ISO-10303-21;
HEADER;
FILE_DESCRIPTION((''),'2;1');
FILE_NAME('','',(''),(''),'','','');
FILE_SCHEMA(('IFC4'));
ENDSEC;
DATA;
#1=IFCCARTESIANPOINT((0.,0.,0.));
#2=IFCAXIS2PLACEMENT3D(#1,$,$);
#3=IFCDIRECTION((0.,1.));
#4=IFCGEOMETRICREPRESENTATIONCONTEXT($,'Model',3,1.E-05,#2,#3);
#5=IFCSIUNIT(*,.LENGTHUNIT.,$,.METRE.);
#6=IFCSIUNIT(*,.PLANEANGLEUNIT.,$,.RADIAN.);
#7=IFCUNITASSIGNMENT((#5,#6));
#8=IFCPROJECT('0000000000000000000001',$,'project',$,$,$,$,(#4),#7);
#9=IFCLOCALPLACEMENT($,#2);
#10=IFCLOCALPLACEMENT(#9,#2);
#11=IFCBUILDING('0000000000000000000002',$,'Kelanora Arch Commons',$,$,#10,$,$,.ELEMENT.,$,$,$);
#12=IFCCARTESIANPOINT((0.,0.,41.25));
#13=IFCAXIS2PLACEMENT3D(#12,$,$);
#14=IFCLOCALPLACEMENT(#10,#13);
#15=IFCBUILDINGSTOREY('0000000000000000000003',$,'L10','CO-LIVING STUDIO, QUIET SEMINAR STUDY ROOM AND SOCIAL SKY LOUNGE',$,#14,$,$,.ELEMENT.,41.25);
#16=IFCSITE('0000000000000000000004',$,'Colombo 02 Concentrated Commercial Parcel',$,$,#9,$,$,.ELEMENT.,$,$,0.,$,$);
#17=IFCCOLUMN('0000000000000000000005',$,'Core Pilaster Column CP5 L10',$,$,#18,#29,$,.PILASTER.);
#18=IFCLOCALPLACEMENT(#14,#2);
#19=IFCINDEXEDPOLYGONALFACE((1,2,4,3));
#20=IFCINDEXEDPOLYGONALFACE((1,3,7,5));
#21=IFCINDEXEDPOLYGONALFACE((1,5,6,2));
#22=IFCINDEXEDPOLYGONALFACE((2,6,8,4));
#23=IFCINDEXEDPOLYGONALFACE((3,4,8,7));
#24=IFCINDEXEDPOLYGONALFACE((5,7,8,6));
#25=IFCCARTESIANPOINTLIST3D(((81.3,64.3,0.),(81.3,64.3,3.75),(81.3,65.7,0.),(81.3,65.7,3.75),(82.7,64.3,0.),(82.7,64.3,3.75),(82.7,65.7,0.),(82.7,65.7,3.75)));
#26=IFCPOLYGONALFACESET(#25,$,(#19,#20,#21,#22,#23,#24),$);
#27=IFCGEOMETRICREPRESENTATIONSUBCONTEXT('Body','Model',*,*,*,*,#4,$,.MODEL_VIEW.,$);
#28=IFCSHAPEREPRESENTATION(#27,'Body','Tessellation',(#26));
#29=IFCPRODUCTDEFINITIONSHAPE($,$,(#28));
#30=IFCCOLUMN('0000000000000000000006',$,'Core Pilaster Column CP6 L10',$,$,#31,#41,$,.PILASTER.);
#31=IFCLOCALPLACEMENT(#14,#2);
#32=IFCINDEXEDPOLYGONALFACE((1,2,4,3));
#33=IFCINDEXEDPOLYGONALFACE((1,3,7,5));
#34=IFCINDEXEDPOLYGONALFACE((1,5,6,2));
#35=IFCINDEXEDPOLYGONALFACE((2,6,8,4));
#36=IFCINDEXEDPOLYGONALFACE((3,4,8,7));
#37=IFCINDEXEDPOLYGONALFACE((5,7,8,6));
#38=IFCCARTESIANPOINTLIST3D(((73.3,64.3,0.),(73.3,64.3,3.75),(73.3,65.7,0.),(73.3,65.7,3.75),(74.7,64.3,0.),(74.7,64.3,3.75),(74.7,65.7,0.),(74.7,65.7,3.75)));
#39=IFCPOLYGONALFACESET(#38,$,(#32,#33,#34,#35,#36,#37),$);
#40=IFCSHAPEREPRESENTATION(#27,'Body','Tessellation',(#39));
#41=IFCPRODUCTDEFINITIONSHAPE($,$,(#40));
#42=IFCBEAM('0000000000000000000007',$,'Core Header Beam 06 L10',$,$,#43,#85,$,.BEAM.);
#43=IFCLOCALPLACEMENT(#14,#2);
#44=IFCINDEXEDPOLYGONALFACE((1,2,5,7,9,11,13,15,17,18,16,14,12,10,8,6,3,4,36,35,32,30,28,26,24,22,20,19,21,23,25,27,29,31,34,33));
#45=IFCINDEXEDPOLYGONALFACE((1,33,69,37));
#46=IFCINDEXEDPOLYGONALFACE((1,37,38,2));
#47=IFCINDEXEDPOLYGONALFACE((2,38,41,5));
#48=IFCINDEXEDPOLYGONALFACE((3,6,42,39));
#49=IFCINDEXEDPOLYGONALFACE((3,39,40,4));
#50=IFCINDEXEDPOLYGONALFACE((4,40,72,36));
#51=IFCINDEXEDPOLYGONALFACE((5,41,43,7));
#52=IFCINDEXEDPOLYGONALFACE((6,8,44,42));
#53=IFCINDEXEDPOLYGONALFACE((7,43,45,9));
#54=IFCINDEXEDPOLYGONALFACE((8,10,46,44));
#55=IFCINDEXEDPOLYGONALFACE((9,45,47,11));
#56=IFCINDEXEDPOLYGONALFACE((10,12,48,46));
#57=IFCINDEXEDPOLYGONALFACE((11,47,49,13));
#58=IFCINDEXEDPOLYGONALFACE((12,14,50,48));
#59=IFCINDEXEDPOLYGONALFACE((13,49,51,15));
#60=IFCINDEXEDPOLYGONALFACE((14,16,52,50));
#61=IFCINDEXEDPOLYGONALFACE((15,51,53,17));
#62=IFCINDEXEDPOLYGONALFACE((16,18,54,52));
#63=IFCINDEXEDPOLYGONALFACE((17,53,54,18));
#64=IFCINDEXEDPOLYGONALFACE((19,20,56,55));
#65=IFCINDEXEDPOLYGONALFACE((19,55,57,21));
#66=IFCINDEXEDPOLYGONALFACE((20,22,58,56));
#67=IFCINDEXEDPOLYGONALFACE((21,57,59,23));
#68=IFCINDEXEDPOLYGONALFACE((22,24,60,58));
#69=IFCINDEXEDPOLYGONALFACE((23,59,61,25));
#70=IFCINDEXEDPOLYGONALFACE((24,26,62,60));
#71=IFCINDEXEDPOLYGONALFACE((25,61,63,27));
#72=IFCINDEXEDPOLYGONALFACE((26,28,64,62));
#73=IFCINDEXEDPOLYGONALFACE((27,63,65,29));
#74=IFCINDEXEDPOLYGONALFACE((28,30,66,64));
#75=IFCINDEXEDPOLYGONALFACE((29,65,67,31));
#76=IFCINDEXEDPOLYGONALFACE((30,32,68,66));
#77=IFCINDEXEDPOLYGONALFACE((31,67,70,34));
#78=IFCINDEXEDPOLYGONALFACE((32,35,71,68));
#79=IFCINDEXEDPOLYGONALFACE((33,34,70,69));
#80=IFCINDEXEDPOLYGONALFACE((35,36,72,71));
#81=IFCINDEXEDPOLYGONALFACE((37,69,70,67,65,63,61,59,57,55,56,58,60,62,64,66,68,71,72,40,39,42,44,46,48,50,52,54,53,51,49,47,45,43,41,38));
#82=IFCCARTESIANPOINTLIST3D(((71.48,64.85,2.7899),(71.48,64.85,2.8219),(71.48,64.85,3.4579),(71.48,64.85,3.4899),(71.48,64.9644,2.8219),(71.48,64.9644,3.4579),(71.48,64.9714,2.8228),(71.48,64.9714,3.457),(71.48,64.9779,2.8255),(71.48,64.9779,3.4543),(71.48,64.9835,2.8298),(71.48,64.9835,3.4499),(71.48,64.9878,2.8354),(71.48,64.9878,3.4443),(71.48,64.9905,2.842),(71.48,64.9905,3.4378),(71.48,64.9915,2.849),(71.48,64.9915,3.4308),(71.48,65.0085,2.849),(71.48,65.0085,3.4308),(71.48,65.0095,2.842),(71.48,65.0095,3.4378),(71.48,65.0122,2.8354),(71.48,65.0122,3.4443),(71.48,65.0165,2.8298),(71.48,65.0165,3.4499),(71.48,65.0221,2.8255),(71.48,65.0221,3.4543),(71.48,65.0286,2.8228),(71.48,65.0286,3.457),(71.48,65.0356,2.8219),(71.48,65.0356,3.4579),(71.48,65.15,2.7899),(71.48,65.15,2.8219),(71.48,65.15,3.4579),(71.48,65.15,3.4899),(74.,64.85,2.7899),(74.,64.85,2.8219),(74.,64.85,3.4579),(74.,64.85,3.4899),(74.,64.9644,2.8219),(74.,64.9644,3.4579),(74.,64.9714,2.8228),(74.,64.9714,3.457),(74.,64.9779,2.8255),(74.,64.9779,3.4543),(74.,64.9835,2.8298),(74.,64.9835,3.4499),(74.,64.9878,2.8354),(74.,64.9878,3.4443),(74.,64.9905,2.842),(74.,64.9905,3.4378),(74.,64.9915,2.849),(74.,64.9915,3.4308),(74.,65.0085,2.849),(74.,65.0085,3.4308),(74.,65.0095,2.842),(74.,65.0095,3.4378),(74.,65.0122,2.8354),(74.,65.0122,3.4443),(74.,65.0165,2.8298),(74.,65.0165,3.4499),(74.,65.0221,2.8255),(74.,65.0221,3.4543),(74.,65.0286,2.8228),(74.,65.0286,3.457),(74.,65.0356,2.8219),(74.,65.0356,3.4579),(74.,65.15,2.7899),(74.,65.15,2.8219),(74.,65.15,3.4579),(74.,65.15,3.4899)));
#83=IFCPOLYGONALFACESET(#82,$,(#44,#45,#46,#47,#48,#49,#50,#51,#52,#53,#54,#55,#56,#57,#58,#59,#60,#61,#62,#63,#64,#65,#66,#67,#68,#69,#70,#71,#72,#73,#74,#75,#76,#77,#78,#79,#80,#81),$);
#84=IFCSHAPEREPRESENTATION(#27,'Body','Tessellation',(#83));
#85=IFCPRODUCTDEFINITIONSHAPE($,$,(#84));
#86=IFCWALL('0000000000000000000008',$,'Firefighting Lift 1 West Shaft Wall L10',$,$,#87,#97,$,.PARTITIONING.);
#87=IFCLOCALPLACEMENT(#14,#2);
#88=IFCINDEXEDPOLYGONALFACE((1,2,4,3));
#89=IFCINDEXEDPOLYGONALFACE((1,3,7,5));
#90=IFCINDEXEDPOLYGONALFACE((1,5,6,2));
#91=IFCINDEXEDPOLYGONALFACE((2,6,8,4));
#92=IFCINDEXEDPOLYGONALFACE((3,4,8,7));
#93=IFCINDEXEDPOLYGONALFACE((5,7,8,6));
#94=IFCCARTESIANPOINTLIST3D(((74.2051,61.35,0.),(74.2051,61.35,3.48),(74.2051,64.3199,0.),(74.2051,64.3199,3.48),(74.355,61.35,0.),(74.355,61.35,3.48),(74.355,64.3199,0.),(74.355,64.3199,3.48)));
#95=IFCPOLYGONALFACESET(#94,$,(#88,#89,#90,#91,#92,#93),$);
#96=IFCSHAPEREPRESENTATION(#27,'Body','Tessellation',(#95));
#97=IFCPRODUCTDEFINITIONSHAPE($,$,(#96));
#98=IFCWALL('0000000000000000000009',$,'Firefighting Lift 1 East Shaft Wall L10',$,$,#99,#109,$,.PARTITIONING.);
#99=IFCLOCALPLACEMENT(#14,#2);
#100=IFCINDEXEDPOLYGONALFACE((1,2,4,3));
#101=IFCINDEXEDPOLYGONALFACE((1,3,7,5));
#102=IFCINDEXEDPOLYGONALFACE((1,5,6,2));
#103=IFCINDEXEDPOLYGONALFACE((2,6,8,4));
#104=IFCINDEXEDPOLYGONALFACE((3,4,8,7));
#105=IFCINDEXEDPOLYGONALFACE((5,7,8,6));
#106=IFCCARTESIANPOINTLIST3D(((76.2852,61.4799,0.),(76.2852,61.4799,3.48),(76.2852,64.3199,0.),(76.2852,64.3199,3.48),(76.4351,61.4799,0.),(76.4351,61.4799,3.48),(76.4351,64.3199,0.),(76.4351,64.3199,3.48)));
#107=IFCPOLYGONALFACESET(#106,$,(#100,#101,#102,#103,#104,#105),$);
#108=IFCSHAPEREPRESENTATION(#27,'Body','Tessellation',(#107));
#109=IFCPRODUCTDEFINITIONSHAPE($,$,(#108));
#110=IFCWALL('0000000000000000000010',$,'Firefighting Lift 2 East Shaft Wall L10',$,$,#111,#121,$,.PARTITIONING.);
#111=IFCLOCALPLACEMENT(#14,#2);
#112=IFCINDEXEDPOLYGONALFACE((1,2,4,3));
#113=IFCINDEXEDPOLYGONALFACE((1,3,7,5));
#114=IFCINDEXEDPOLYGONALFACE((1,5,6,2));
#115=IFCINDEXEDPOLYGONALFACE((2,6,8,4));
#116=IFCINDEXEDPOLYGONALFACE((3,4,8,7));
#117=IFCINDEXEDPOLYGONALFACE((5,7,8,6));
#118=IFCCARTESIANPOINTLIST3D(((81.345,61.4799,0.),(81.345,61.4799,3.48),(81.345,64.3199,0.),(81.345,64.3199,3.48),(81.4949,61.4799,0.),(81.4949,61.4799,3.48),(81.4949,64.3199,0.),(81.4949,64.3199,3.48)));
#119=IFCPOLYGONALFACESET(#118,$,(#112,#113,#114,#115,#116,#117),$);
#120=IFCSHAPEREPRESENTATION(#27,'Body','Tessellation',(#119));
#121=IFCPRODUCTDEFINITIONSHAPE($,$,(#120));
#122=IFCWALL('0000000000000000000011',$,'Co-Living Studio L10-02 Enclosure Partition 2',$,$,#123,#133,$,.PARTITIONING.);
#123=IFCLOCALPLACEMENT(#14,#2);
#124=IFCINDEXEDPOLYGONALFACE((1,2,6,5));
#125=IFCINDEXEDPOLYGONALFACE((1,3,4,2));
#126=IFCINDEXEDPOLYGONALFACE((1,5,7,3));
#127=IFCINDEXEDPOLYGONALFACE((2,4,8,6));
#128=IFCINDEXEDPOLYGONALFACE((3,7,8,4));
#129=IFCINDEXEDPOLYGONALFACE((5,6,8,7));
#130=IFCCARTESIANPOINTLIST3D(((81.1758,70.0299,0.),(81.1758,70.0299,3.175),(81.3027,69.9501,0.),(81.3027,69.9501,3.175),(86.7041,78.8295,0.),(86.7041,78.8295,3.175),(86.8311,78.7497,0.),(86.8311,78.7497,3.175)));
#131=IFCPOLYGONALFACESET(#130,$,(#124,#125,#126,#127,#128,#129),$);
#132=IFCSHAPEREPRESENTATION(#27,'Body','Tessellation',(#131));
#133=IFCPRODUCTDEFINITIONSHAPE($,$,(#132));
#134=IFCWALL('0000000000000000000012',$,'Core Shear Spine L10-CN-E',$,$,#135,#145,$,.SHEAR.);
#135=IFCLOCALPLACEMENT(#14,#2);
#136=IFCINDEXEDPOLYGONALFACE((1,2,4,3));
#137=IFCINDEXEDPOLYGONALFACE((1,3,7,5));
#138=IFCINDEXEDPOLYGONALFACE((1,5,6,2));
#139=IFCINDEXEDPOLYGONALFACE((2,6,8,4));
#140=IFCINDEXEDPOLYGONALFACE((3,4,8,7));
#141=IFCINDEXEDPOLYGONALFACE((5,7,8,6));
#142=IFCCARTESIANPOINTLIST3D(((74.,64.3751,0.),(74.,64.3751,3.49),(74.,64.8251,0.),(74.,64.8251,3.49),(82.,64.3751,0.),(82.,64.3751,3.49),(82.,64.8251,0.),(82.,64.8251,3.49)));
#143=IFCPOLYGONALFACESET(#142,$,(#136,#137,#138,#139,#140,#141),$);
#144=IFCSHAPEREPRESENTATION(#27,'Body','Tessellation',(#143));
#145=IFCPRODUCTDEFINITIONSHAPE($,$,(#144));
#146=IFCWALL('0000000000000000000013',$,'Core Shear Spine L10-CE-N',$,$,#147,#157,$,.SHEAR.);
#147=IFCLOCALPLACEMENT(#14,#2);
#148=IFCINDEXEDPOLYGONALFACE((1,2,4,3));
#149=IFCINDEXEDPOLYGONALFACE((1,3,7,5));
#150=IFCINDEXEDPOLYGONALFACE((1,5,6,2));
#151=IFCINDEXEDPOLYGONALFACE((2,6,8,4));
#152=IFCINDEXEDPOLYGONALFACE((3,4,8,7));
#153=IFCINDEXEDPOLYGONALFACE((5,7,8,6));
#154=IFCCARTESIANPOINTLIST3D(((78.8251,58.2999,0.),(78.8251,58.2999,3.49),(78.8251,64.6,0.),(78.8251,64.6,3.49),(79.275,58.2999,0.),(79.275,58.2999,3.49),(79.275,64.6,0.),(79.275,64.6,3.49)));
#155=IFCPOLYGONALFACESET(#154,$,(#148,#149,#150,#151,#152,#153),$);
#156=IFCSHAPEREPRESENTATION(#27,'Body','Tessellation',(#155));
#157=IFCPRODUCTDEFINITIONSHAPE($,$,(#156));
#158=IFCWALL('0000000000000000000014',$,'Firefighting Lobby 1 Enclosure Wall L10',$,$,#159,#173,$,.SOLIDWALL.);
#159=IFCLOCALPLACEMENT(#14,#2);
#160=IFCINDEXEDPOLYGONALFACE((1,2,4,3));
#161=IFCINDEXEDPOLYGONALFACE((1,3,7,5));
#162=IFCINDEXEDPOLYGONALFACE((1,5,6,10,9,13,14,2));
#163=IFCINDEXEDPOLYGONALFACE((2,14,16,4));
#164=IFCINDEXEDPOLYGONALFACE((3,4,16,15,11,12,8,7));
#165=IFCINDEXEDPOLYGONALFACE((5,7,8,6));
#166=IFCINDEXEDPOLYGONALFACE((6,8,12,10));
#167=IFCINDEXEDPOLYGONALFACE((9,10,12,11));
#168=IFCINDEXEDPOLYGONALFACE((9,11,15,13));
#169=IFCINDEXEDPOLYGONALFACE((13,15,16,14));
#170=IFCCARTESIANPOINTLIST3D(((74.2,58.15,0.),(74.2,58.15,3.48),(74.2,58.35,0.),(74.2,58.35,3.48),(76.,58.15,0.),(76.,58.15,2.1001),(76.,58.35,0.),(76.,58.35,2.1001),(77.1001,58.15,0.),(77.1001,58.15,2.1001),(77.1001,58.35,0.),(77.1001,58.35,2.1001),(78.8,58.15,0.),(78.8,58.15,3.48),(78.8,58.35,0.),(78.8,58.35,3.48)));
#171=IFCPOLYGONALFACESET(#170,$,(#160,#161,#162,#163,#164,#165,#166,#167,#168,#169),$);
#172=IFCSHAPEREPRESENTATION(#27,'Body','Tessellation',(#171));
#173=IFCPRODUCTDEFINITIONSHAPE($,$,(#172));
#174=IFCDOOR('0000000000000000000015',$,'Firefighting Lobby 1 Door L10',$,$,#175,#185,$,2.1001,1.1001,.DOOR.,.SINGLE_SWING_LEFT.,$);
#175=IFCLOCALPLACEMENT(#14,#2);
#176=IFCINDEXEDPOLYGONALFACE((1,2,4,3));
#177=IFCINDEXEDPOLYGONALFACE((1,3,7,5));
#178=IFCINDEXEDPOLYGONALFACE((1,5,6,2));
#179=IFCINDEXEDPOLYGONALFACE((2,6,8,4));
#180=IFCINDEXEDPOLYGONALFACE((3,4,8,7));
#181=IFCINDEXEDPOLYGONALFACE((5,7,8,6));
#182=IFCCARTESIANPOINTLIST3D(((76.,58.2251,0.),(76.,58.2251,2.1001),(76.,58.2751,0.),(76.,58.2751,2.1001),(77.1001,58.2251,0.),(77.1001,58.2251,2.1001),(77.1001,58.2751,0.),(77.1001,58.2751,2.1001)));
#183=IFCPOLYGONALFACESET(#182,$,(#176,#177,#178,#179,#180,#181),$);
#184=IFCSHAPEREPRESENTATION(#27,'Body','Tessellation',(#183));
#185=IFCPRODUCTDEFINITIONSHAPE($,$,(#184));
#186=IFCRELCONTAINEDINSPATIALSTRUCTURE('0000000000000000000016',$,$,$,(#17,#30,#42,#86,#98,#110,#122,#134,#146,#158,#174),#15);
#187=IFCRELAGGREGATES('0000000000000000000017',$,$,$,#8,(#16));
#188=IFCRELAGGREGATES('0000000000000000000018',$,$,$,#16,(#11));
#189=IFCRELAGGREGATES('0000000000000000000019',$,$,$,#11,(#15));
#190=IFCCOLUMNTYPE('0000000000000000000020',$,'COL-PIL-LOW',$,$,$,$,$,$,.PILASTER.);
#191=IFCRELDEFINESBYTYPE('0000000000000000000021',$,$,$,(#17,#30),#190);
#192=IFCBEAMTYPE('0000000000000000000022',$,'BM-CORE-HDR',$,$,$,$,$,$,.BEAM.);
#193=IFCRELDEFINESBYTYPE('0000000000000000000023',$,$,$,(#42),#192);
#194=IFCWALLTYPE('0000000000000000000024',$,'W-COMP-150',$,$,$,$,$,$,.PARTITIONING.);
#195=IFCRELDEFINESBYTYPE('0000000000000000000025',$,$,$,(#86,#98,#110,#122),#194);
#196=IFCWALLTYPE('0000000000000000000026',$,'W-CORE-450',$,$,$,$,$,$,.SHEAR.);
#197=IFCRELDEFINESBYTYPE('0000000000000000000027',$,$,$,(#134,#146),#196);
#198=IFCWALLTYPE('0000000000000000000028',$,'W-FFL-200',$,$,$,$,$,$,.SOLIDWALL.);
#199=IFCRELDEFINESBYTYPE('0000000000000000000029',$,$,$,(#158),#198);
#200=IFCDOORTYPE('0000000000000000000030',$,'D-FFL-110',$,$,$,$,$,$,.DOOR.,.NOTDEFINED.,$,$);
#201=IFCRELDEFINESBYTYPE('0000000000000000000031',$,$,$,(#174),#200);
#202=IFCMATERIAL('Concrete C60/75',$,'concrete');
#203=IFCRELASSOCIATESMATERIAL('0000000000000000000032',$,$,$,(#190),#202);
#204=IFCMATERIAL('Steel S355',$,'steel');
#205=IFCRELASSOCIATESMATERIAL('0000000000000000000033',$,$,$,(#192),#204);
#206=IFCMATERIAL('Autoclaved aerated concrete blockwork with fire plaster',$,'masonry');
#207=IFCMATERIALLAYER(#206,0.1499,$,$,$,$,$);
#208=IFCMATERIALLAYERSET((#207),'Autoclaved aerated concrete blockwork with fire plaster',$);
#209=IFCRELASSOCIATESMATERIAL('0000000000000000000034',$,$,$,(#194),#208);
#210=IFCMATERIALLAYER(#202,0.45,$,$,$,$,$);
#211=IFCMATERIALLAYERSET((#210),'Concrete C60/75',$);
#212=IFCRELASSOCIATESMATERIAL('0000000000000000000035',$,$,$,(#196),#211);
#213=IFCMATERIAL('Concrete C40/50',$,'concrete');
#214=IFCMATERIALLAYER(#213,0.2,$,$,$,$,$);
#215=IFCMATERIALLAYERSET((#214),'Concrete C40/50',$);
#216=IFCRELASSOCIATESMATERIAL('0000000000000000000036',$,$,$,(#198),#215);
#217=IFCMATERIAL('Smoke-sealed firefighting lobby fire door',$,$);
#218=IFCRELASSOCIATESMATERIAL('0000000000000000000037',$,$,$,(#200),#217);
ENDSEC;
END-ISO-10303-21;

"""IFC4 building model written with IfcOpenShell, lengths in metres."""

from ifc_helpers import new_model, si_unit, direction, frame, frame_2d, origin, origin_2d, place, context, subcontext, project, spatial, rectangle, i_section, extrude, material, layer, layer_set, material_profile, profile_set, type_object, element, fill, save


model = new_model("IFC4")

# Units and contexts
model_context = context("Model", 3, precision=1e-05, world=origin(), true_north=direction((0.0, 1.0)))
body_context = subcontext(model_context, "Body", "Model", "MODEL_VIEW")
ifc_project = project(units=[si_unit("LENGTHUNIT", "METRE"), si_unit("PLANEANGLEUNIT", "RADIAN")], contexts=[model_context])

# Site, building, storey
site_placement = place(None, origin())
site = spatial("IfcSite", under=ifc_project, at=site_placement, Name="Colombo 02 Concentrated Commercial Parcel", CompositionType="ELEMENT", RefElevation=0.0)
building_placement = place(site_placement, origin())
building = spatial("IfcBuilding", under=site, at=building_placement, Name="Kelanora Arch Commons", CompositionType="ELEMENT")
storey_placement = place(building_placement, frame((0.0, 0.0, 41.25)))
storey = spatial("IfcBuildingStorey", under=building, at=storey_placement, Name="L10", Description="CO-LIVING STUDIO, QUIET SEMINAR STUDY ROOM AND SOCIAL SKY LOUNGE", CompositionType="ELEMENT", Elevation=41.25)

# Columns
ifc_material_1 = material(Name="Concrete C60/75", Category="concrete")
ifc_material_profile_1 = material_profile(ifc_material_1, rectangle(XDim=1.3999, YDim=1.3999, at=origin_2d()), Name="RC1400x1400")
ifc_profile_set_1 = profile_set([ifc_material_profile_1], Name="Concrete C60/75")
column_type = type_object("IfcColumnType", Name="COL-PIL-LOW", PredefinedType="PILASTER", material=ifc_profile_set_1)
for number, where, z_axis, x_axis, name in (
    (1, (82.0, 65.0, 0.0), (0.0, 0.0, 1.0), (1.0, 0.0, 0.0), "Core Pilaster Column CP5 L10"),
    (2, (74.0, 65.0, 0.0), (0.0, 0.0, 1.0), (1.0, 0.0, 0.0), "Core Pilaster Column CP6 L10"),
):
    element("IfcColumn", number, at=place(storey_placement, frame(where, z_axis=z_axis, x_axis=x_axis)), inside=storey, type_object=column_type, Name=name, PredefinedType="PILASTER", context=body_context, shape_type="SweptSolid", body=[
        extrude(rectangle(XDim=1.3999, YDim=1.3999, at=origin_2d()), origin(), (0.0, 0.0, 1.0), 3.75),
    ])

# Beam
ifc_material_2 = material(Name="Steel S355", Category="steel")
ifc_material_profile_2 = material_profile(ifc_material_2, i_section(OverallWidth=0.3, OverallDepth=0.7, WebThickness=0.0171, FlangeThickness=0.032, FilletRadius=0.0271, at=origin_2d()), Name="HEB700")
ifc_profile_set_2 = profile_set([ifc_material_profile_2], Name="Steel S355")
beam_type = type_object("IfcBeamType", Name="BM-CORE-HDR", PredefinedType="BEAM", material=ifc_profile_set_2)
beam_placement = place(storey_placement, frame((74.0, 65.0, 3.1399), z_axis=(-1.0, 0.0, 0.0), x_axis=(0.0, -1.0, 0.0)))
element("IfcBeam", 3, at=beam_placement, inside=storey, type_object=beam_type, Name="Core Header Beam 06 L10", PredefinedType="BEAM", context=body_context, shape_type="SweptSolid", body=[
    extrude(i_section(OverallWidth=0.3, OverallDepth=0.7, WebThickness=0.0171, FlangeThickness=0.032, FilletRadius=0.0271, at=origin_2d()), origin(), (0.0, 0.0, 1.0), 2.52),
])

# Walls
ifc_material_3 = material(Name="Autoclaved aerated concrete blockwork with fire plaster", Category="masonry")
ifc_layer_1 = layer(ifc_material_3, 0.1499)
ifc_layer_set_1 = layer_set([ifc_layer_1], Name="Autoclaved aerated concrete blockwork with fire plaster")
wall_type_1 = type_object("IfcWallType", Name="W-COMP-150", PredefinedType="PARTITIONING", material=ifc_layer_set_1)
wall_1_placement = place(storey_placement, frame((74.28, 61.3501, 0.0), z_axis=(0.0, 0.0, 1.0), x_axis=(0.0, 1.0, 0.0)))
element("IfcWall", 4, at=wall_1_placement, inside=storey, type_object=wall_type_1, Name="Firefighting Lift 1 West Shaft Wall L10", PredefinedType="PARTITIONING", context=body_context, shape_type="SweptSolid", body=[
    extrude(rectangle(XDim=2.97, YDim=0.1499, at=frame_2d((1.4849, 0.0))), origin(), (0.0, 0.0, 1.0), 3.48),
])
for number, where, z_axis, x_axis, name in (
    (5, (76.3601, 61.48, 0.0), (0.0, 0.0, 1.0), (0.0, 1.0, 0.0), "Firefighting Lift 1 East Shaft Wall L10"),
    (6, (81.4199, 61.48, 0.0), (0.0, 0.0, 1.0), (0.0, 1.0, 0.0), "Firefighting Lift 2 East Shaft Wall L10"),
):
    element("IfcWall", number, at=place(storey_placement, frame(where, z_axis=z_axis, x_axis=x_axis)), inside=storey, type_object=wall_type_1, Name=name, PredefinedType="PARTITIONING", context=body_context, shape_type="SweptSolid", body=[
        extrude(rectangle(XDim=2.8401, YDim=0.1499, at=frame_2d((1.4199, 0.0))), origin(), (0.0, 0.0, 1.0), 3.48),
    ])
wall_2_placement = place(storey_placement, frame((81.2393, 69.99, 0.0), z_axis=(0.0, 0.0, 1.0), x_axis=(0.531976, 0.846759, 0.0)))
element("IfcWall", 7, at=wall_2_placement, inside=storey, type_object=wall_type_1, Name="Co-Living Studio L10-02 Enclosure Partition 2", PredefinedType="PARTITIONING", context=body_context, shape_type="SweptSolid", body=[
    extrude(rectangle(XDim=10.3921, YDim=0.1499, at=frame_2d((5.196, 0.0))), origin(), (0.0, 0.0, 1.0), 3.175),
])
ifc_layer_2 = layer(ifc_material_1, 0.45)
ifc_layer_set_2 = layer_set([ifc_layer_2], Name="Concrete C60/75")
wall_type_2 = type_object("IfcWallType", Name="W-CORE-450", PredefinedType="SHEAR", material=ifc_layer_set_2)
wall_3_placement = place(storey_placement, frame((74.0, 64.6001, 0.0), z_axis=(0.0, 0.0, 1.0), x_axis=(1.0, 0.0, 0.0)))
element("IfcWall", 8, at=wall_3_placement, inside=storey, type_object=wall_type_2, Name="Core Shear Spine L10-CN-E", PredefinedType="SHEAR", context=body_context, shape_type="SweptSolid", body=[
    extrude(rectangle(XDim=8.0, YDim=0.45, at=frame_2d((4.0, 0.0))), origin(), (0.0, 0.0, 1.0), 3.49),
])
wall_4_placement = place(storey_placement, frame((79.05, 58.3, 0.0), z_axis=(0.0, 0.0, 1.0), x_axis=(0.0, 1.0, 0.0)))
element("IfcWall", 9, at=wall_4_placement, inside=storey, type_object=wall_type_2, Name="Core Shear Spine L10-CE-N", PredefinedType="SHEAR", context=body_context, shape_type="SweptSolid", body=[
    extrude(rectangle(XDim=6.3, YDim=0.45, at=frame_2d((3.1499, 0.0))), origin(), (0.0, 0.0, 1.0), 3.49),
])

# Wall, opening, door
ifc_material_4 = material(Name="Concrete C40/50", Category="concrete")
ifc_layer_3 = layer(ifc_material_4, 0.2)
ifc_layer_set_3 = layer_set([ifc_layer_3], Name="Concrete C40/50")
wall_type_3 = type_object("IfcWallType", Name="W-FFL-200", PredefinedType="SOLIDWALL", material=ifc_layer_set_3)
wall_5_placement = place(storey_placement, frame((74.2, 58.25, 0.0), z_axis=(0.0, 0.0, 1.0), x_axis=(1.0, 0.0, 0.0)))
wall_5 = element("IfcWall", 10, at=wall_5_placement, inside=storey, type_object=wall_type_3, Name="Firefighting Lobby 1 Enclosure Wall L10", PredefinedType="SOLIDWALL", context=body_context, shape_type="SweptSolid", body=[
    extrude(rectangle(XDim=4.6001, YDim=0.2, at=frame_2d((2.3, 0.0))), origin(), (0.0, 0.0, 1.0), 3.48),
])
opening_1_placement = place(wall_5_placement, frame((1.8, 0.0, 0.0)))
opening_1 = element("IfcOpeningElement", 11, at=opening_1_placement, cuts=wall_5, PredefinedType="OPENING", context=body_context, shape_type="SweptSolid", body=[
    extrude(rectangle(XDim=1.1001, YDim=2.1001, at=frame_2d((0.55, 1.05))), frame((0.0, 0.1099, 0.0), z_axis=(0.0, -1.0, 0.0), x_axis=(1.0, 0.0, 0.0)), (0.0, 0.0, 1.0), 0.22),
])
ifc_material_5 = material(Name="Smoke-sealed firefighting lobby fire door")
door_type_1 = type_object("IfcDoorType", Name="D-FFL-110", OperationType="NOTDEFINED", PredefinedType="DOOR", material=ifc_material_5)
door_1_placement = place(opening_1_placement, frame((1.1001, 0.0, 0.0), z_axis=(0.0, 0.0, 1.0), x_axis=(-1.0, 0.0, 0.0)))
door_1 = element("IfcDoor", 12, at=door_1_placement, inside=storey, type_object=door_type_1, Name="Firefighting Lobby 1 Door L10", OperationType="SINGLE_SWING_LEFT", OverallHeight=2.1001, OverallWidth=1.1001, PredefinedType="DOOR", context=body_context, shape_type="SweptSolid", body=[
    extrude(rectangle(XDim=1.1001, YDim=2.1001, at=frame_2d((0.55, 1.05))), frame((0.0, 0.0249, 0.0), z_axis=(0.0, -1.0, 0.0), x_axis=(1.0, 0.0, 0.0)), (0.0, 0.0, 1.0), 0.05),
])
fill(opening_1, door_1)

save(model, "model.ifc")
